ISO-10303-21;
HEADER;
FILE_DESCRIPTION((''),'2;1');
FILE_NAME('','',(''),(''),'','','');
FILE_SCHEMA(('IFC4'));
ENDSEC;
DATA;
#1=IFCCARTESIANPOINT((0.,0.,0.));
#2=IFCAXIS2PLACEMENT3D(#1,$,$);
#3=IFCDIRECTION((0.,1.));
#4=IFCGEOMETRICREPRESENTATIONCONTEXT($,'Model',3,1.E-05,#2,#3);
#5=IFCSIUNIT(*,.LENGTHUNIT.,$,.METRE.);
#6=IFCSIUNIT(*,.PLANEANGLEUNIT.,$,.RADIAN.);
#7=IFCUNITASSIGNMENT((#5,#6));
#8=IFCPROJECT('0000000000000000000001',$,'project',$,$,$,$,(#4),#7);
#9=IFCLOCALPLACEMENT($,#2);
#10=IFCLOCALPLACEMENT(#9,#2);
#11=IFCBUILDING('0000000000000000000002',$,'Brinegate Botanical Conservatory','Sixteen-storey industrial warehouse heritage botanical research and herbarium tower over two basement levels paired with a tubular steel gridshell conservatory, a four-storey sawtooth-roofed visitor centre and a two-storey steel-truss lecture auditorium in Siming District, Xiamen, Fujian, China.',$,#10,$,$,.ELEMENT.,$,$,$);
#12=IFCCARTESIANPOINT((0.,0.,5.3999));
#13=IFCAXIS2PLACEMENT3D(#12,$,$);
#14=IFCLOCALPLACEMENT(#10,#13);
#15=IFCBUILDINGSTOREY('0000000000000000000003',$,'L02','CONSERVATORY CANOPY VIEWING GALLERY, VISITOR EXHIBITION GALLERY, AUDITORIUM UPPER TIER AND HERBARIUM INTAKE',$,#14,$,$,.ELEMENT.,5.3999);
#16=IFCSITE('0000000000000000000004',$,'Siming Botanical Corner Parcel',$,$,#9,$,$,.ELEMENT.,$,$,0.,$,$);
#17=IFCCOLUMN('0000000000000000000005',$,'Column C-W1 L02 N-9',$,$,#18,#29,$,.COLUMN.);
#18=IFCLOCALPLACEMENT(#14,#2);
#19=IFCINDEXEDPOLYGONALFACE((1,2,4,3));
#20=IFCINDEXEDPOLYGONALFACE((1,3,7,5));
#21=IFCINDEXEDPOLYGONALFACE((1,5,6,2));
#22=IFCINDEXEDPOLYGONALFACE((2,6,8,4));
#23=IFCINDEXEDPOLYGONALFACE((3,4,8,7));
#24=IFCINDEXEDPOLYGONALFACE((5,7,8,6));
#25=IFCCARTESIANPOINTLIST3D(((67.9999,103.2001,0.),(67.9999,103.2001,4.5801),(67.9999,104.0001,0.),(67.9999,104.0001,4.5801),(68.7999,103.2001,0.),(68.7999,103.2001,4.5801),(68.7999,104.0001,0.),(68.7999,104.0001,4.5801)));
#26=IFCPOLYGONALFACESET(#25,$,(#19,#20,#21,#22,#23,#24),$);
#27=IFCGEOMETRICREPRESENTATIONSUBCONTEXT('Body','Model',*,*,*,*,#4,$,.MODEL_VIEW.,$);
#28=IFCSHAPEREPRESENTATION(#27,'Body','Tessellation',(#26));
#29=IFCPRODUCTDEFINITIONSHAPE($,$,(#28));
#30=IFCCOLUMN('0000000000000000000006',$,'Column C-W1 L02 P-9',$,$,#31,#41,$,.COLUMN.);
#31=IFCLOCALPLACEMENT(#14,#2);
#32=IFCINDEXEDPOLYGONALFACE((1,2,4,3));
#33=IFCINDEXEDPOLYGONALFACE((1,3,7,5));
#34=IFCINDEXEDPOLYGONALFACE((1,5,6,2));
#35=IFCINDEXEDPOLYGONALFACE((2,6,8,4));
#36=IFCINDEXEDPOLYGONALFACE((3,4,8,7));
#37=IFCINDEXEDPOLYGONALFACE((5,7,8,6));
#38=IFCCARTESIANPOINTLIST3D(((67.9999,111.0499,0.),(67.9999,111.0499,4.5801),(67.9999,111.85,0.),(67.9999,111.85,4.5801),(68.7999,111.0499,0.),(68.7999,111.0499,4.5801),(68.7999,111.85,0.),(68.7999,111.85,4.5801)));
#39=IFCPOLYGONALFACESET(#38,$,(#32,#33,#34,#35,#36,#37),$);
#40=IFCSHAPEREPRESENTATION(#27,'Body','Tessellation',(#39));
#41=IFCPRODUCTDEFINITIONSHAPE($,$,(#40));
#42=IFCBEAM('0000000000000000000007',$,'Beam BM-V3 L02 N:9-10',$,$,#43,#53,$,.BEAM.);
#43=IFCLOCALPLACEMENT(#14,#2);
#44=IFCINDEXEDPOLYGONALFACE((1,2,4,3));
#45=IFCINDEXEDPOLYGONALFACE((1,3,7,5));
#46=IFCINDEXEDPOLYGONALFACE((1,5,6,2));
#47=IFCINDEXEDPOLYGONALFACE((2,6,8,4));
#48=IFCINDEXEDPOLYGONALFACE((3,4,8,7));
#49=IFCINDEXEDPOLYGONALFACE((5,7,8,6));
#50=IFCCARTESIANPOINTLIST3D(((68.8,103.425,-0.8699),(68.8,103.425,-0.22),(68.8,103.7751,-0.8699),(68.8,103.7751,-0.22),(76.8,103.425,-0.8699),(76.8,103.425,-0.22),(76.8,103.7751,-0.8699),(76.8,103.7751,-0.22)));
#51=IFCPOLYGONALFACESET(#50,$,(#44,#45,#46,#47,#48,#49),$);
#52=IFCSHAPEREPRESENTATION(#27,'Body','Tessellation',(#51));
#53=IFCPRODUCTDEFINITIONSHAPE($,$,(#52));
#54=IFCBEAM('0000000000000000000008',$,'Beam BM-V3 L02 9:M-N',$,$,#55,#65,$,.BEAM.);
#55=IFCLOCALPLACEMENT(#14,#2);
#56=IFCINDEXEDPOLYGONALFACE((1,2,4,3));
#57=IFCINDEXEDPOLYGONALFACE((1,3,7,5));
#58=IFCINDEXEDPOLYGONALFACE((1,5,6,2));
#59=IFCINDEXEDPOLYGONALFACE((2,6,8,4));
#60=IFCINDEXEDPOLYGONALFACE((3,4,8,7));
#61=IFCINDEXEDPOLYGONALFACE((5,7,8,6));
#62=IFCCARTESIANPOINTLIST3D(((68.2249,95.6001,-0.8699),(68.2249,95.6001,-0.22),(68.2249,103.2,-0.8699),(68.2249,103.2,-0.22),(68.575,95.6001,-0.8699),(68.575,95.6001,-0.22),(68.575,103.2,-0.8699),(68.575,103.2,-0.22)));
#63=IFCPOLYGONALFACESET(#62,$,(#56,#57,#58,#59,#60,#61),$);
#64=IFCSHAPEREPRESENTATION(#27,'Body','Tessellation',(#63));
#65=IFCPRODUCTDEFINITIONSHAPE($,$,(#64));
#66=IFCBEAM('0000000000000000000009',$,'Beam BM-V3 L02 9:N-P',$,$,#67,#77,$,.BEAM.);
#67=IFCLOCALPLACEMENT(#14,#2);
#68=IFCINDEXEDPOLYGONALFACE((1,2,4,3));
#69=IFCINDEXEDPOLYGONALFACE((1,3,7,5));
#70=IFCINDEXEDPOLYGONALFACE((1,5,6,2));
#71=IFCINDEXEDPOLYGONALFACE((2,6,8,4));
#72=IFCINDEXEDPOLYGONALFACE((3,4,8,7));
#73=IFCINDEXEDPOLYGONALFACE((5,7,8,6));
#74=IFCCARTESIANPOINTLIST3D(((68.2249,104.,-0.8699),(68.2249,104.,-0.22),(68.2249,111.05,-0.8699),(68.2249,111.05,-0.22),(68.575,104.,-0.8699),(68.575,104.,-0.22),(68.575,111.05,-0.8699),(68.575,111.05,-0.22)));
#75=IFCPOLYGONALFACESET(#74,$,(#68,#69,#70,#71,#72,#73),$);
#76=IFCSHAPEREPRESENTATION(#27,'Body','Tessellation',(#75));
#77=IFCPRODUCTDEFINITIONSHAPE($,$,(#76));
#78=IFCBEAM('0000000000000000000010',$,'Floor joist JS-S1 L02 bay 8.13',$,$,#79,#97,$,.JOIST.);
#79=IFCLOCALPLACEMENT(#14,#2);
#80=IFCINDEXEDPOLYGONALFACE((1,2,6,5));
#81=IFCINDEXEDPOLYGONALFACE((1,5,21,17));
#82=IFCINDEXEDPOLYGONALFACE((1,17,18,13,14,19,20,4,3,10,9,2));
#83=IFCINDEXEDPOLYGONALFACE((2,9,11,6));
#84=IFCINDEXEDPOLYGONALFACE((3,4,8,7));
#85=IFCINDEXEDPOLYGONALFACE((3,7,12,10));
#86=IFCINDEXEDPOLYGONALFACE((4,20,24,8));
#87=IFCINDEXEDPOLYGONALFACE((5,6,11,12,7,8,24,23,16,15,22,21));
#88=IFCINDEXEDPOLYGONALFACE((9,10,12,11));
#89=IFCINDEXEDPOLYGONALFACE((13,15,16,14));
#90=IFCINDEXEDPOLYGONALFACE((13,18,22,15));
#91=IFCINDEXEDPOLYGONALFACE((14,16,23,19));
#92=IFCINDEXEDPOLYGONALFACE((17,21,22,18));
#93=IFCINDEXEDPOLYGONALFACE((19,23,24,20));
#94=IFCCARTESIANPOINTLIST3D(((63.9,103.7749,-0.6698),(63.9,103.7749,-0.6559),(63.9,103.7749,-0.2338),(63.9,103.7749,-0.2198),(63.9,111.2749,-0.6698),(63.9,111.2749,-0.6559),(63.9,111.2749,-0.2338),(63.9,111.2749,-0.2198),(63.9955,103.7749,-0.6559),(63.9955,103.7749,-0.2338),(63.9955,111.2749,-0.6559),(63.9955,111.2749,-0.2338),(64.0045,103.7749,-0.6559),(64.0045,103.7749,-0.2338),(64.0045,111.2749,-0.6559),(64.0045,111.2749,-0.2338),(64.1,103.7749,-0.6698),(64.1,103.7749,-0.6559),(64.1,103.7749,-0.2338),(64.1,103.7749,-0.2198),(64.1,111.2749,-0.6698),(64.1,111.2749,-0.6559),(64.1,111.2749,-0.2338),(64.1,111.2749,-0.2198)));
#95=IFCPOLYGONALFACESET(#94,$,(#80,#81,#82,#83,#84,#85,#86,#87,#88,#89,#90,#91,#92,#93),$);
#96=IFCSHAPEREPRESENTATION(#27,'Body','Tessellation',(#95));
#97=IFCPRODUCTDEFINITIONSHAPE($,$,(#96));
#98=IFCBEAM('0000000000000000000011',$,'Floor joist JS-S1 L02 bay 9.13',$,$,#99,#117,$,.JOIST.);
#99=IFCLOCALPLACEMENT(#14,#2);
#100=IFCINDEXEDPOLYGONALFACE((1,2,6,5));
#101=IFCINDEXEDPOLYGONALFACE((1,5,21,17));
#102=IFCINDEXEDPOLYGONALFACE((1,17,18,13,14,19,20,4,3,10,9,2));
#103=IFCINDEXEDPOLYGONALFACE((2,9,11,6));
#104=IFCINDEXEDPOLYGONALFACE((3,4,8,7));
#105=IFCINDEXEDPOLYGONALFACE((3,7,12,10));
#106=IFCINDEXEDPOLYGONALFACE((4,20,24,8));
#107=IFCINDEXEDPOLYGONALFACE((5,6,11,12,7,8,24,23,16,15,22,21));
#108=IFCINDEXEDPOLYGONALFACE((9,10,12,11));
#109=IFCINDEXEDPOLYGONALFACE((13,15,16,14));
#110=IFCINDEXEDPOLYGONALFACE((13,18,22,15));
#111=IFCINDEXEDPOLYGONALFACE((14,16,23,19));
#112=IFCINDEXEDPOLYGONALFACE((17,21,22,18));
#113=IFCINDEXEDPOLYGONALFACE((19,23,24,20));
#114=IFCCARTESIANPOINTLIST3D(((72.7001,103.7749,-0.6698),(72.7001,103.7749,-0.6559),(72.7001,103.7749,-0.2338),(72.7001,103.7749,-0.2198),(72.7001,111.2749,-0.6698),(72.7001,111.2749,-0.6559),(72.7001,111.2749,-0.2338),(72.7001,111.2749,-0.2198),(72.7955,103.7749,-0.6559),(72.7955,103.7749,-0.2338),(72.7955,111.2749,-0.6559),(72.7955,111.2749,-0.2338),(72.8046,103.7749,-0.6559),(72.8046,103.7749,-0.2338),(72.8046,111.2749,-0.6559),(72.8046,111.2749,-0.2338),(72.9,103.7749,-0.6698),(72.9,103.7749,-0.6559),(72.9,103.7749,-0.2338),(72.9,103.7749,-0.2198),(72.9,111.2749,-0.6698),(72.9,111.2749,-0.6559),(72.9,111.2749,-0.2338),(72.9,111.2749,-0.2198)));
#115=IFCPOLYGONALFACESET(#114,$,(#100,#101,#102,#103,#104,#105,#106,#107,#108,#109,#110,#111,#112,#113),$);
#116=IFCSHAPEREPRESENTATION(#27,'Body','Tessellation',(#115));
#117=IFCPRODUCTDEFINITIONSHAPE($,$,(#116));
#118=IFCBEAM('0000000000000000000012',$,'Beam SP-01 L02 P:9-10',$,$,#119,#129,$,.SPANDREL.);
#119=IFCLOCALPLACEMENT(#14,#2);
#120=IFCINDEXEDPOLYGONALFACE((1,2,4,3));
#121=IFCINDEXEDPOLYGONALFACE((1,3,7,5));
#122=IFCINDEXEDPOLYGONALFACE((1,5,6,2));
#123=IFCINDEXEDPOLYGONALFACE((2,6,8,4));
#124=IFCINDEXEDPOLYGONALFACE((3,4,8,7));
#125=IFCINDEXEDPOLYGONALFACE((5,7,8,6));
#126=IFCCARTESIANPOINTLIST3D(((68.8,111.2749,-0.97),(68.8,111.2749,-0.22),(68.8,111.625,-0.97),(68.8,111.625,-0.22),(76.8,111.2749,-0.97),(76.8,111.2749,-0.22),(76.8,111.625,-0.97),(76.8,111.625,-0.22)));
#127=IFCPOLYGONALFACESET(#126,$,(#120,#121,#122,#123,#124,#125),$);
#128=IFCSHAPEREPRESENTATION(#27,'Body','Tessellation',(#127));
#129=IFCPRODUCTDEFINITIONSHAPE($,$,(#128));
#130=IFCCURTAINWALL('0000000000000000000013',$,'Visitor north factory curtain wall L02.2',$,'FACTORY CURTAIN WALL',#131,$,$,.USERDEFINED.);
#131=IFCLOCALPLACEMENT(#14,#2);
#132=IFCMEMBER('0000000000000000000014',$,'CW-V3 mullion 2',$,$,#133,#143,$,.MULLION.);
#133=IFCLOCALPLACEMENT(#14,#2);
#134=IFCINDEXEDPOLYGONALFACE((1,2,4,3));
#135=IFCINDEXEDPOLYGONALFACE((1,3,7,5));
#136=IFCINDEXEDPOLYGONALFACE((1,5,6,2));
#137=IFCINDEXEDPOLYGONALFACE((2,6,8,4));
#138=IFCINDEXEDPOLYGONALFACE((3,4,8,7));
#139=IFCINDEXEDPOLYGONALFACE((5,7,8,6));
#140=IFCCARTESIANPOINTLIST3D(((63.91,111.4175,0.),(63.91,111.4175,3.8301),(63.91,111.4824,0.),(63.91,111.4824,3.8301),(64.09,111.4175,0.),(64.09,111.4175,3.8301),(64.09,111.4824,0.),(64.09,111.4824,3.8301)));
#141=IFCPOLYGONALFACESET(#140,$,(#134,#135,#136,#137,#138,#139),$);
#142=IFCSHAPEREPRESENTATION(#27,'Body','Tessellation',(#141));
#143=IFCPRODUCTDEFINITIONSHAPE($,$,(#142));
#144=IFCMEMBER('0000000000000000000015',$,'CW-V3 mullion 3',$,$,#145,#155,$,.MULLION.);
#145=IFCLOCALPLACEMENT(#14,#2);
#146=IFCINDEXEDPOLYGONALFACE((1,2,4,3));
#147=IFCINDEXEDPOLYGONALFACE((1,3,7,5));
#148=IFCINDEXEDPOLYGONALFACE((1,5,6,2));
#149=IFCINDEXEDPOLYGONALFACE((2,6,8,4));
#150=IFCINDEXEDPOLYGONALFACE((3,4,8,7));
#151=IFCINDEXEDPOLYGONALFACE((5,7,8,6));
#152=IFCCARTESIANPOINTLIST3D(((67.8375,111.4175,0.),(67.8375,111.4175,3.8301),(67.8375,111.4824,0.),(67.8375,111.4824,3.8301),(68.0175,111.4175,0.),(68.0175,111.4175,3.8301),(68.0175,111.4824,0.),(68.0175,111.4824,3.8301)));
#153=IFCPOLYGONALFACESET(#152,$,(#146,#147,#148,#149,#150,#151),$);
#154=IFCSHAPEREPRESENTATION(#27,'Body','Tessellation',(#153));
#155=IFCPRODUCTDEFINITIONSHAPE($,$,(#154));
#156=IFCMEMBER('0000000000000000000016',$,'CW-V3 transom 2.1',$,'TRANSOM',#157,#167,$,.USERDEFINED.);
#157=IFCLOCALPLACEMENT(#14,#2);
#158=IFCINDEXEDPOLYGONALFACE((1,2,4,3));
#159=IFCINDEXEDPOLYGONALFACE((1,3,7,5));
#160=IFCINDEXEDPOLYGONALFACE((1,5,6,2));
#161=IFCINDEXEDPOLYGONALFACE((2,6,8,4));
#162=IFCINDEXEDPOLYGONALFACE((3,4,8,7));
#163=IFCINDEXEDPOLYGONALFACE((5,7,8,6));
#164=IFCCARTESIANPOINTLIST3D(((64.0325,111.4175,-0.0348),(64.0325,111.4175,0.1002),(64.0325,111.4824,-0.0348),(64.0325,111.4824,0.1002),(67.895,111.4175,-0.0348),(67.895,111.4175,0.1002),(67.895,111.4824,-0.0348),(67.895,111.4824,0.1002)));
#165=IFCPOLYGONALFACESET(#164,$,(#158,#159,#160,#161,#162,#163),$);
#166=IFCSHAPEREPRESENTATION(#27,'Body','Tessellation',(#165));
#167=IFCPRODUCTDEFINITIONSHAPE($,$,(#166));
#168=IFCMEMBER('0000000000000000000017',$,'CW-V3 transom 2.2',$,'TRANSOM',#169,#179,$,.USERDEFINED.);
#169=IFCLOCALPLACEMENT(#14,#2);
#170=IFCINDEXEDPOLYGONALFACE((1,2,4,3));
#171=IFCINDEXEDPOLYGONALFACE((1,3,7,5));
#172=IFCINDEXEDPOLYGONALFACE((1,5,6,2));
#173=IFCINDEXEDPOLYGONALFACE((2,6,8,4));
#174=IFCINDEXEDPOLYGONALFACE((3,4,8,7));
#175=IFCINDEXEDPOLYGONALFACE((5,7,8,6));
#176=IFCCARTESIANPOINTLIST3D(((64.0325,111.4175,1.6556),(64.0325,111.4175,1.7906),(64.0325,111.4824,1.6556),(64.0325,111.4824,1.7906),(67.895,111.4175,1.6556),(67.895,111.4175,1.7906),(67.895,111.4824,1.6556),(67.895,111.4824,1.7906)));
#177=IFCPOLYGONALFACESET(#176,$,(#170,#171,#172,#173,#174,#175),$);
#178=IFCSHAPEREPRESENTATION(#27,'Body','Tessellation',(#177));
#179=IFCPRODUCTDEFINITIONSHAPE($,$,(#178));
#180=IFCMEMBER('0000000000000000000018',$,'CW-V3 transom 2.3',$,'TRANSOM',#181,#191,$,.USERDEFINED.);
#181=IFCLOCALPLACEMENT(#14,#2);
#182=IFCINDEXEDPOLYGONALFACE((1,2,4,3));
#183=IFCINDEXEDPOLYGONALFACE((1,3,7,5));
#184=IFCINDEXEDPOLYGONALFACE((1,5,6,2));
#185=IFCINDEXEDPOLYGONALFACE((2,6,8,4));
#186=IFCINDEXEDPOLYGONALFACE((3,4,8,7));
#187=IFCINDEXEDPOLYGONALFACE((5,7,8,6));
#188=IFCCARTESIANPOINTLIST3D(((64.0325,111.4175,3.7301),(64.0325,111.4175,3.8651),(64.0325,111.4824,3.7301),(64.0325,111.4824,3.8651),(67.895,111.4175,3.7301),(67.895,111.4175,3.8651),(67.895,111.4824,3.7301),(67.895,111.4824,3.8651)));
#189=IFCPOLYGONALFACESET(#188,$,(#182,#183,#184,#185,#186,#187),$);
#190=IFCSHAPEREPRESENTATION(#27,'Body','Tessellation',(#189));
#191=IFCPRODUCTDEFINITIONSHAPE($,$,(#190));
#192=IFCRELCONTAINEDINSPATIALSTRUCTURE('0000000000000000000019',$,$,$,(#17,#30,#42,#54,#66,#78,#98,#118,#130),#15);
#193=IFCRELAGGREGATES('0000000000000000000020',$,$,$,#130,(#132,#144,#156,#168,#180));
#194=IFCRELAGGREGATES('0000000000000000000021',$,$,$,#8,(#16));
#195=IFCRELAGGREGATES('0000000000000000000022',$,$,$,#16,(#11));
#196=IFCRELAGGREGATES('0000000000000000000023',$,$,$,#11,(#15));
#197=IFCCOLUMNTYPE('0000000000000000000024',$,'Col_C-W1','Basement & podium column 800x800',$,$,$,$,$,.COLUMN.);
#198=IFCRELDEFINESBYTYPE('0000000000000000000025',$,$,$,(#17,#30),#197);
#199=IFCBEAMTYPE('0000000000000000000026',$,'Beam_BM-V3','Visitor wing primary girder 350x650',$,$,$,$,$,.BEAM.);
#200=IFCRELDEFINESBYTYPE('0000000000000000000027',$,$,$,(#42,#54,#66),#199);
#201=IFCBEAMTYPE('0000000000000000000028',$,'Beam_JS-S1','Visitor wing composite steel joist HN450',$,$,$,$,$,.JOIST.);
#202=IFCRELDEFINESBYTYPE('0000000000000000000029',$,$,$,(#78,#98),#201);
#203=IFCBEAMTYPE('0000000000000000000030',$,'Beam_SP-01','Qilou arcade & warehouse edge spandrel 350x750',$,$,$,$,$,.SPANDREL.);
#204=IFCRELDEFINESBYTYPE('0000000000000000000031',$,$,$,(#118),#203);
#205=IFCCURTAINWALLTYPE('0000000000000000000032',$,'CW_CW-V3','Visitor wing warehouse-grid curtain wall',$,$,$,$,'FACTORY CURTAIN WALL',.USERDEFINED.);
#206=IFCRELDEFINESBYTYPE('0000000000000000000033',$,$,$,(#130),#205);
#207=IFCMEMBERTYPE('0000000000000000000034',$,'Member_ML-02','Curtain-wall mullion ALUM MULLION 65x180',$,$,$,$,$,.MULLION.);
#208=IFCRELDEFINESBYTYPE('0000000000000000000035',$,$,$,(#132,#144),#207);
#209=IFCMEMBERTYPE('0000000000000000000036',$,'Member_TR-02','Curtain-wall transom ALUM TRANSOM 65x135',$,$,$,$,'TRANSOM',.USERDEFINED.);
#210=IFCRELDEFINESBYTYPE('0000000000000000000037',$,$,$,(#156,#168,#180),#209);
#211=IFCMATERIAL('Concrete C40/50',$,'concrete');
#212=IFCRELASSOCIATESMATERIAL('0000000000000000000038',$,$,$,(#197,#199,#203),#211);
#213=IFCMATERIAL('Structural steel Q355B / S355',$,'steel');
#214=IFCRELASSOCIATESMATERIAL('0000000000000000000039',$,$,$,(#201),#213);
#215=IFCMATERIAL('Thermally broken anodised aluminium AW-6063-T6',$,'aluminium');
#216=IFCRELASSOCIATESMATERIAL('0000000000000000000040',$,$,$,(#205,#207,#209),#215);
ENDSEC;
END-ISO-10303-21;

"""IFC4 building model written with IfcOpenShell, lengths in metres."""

from ifc_helpers import new_model, si_unit, direction, frame, origin, origin_2d, place, context, subcontext, project, spatial, rectangle, i_section, extrude, material, material_profile, profile_set, type_object, element, aggregate, save


model = new_model("IFC4")

# Units and contexts
model_context = context("Model", 3, precision=1e-05, world=origin(), true_north=direction((0.0, 1.0)))
body_context = subcontext(model_context, "Body", "Model", "MODEL_VIEW")
ifc_project = project(units=[si_unit("LENGTHUNIT", "METRE"), si_unit("PLANEANGLEUNIT", "RADIAN")], contexts=[model_context])

# Site, building, storey
site_placement = place(None, origin())
site = spatial("IfcSite", under=ifc_project, at=site_placement, Name="Siming Botanical Corner Parcel", CompositionType="ELEMENT", RefElevation=0.0)
building_placement = place(site_placement, origin())
building = spatial("IfcBuilding", under=site, at=building_placement, Name="Brinegate Botanical Conservatory", Description="Sixteen-storey industrial warehouse heritage botanical research and herbarium tower over two basement levels paired with a tubular steel gridshell conservatory, a four-storey sawtooth-roofed visitor centre and a two-storey steel-truss lecture auditorium in Siming District, Xiamen, Fujian, China.", CompositionType="ELEMENT")
storey_placement = place(building_placement, frame((0.0, 0.0, 5.3999)))
storey = spatial("IfcBuildingStorey", under=building, at=storey_placement, Name="L02", Description="CONSERVATORY CANOPY VIEWING GALLERY, VISITOR EXHIBITION GALLERY, AUDITORIUM UPPER TIER AND HERBARIUM INTAKE", CompositionType="ELEMENT", Elevation=5.3999)

# Columns
ifc_material_1 = material(Name="Concrete C40/50", Category="concrete")
ifc_material_profile_1 = material_profile(ifc_material_1, rectangle(XDim=0.8, YDim=0.8, at=origin_2d()), Name="RC COL 800x800")
ifc_profile_set_1 = profile_set([ifc_material_profile_1], Name="Concrete C40/50")
column_type = type_object("IfcColumnType", Name="Col_C-W1", Description="Basement & podium column 800x800", PredefinedType="COLUMN", material=ifc_profile_set_1)
for number, where, z_axis, x_axis, name in (
    (1, (68.3999, 103.6001, 0.0), (0.0, 0.0, 1.0), (1.0, 0.0, 0.0), "Column C-W1 L02 N-9"),
    (2, (68.3999, 111.45, 0.0), (0.0, 0.0, 1.0), (1.0, 0.0, 0.0), "Column C-W1 L02 P-9"),
):
    element("IfcColumn", number, at=place(storey_placement, frame(where, z_axis=z_axis, x_axis=x_axis)), inside=storey, type_object=column_type, Name=name, PredefinedType="COLUMN", context=body_context, shape_type="SweptSolid", body=[
        extrude(rectangle(XDim=0.8, YDim=0.8, at=origin_2d()), origin(), (0.0, 0.0, 1.0), 4.5801),
    ])

# Beams
ifc_material_profile_2 = material_profile(ifc_material_1, rectangle(XDim=0.3501, YDim=0.6499, at=origin_2d()), Name="RC BM 350x650")
ifc_profile_set_2 = profile_set([ifc_material_profile_2], Name="Concrete C40/50")
beam_type_1 = type_object("IfcBeamType", Name="Beam_BM-V3", Description="Visitor wing primary girder 350x650", PredefinedType="BEAM", material=ifc_profile_set_2)
beam_1_placement = place(storey_placement, frame((68.8, 103.6001, -0.5449), z_axis=(1.0, 0.0, 0.0), x_axis=(0.0, 1.0, 0.0)))
element("IfcBeam", 3, at=beam_1_placement, inside=storey, type_object=beam_type_1, Name="Beam BM-V3 L02 N:9-10", PredefinedType="BEAM", context=body_context, shape_type="SweptSolid", body=[
    extrude(rectangle(XDim=0.3501, YDim=0.6499, at=origin_2d()), origin(), (0.0, 0.0, 1.0), 8.0),
])
beam_2_placement = place(storey_placement, frame((68.3999, 95.6001, -0.5449), z_axis=(0.0, 1.0, 0.0), x_axis=(-1.0, 0.0, 0.0)))
element("IfcBeam", 4, at=beam_2_placement, inside=storey, type_object=beam_type_1, Name="Beam BM-V3 L02 9:M-N", PredefinedType="BEAM", context=body_context, shape_type="SweptSolid", body=[
    extrude(rectangle(XDim=0.3501, YDim=0.6499, at=origin_2d()), origin(), (0.0, 0.0, 1.0), 7.5999),
])
beam_3_placement = place(storey_placement, frame((68.3999, 104.0, -0.5449), z_axis=(0.0, 1.0, 0.0), x_axis=(-1.0, 0.0, 0.0)))
element("IfcBeam", 5, at=beam_3_placement, inside=storey, type_object=beam_type_1, Name="Beam BM-V3 L02 9:N-P", PredefinedType="BEAM", context=body_context, shape_type="SweptSolid", body=[
    extrude(rectangle(XDim=0.3501, YDim=0.6499, at=origin_2d()), origin(), (0.0, 0.0, 1.0), 7.05),
])
ifc_material_2 = material(Name="Structural steel Q355B / S355", Category="steel")
ifc_material_profile_3 = material_profile(ifc_material_2, i_section(OverallWidth=0.2, OverallDepth=0.45, WebThickness=0.009, FlangeThickness=0.0139, at=origin_2d()), Name="HN 450x200x9x14")
ifc_profile_set_3 = profile_set([ifc_material_profile_3], Name="Structural steel Q355B / S355")
beam_type_2 = type_object("IfcBeamType", Name="Beam_JS-S1", Description="Visitor wing composite steel joist HN450", PredefinedType="JOIST", material=ifc_profile_set_3)
for number, where, z_axis, x_axis, name in (
    (6, (64.0, 103.7749, -0.4448), (0.0, 1.0, 0.0), (-1.0, 0.0, 0.0), "Floor joist JS-S1 L02 bay 8.13"),
    (7, (72.8, 103.7749, -0.4448), (0.0, 1.0, 0.0), (-1.0, 0.0, 0.0), "Floor joist JS-S1 L02 bay 9.13"),
):
    element("IfcBeam", number, at=place(storey_placement, frame(where, z_axis=z_axis, x_axis=x_axis)), inside=storey, type_object=beam_type_2, Name=name, PredefinedType="JOIST", context=body_context, shape_type="SweptSolid", body=[
        extrude(i_section(OverallWidth=0.2, OverallDepth=0.45, WebThickness=0.009, FlangeThickness=0.0139, at=origin_2d()), origin(), (0.0, 0.0, 1.0), 7.5),
    ])
ifc_material_profile_4 = material_profile(ifc_material_1, rectangle(XDim=0.3501, YDim=0.75, at=origin_2d()), Name="RC SPN 350x750")
ifc_profile_set_4 = profile_set([ifc_material_profile_4], Name="Concrete C40/50")
beam_type_3 = type_object("IfcBeamType", Name="Beam_SP-01", Description="Qilou arcade & warehouse edge spandrel 350x750", PredefinedType="SPANDREL", material=ifc_profile_set_4)
beam_4_placement = place(storey_placement, frame((68.8, 111.45, -0.595), z_axis=(1.0, 0.0, 0.0), x_axis=(0.0, 1.0, 0.0)))
element("IfcBeam", 8, at=beam_4_placement, inside=storey, type_object=beam_type_3, Name="Beam SP-01 L02 P:9-10", PredefinedType="SPANDREL", context=body_context, shape_type="SweptSolid", body=[
    extrude(rectangle(XDim=0.3501, YDim=0.75, at=origin_2d()), origin(), (0.0, 0.0, 1.0), 8.0),
])

# Curtain wall, members
ifc_material_3 = material(Name="Thermally broken anodised aluminium AW-6063-T6", Category="aluminium")
curtain_wall_type = type_object("IfcCurtainWallType", Name="CW_CW-V3", Description="Visitor wing warehouse-grid curtain wall", ElementType="FACTORY CURTAIN WALL", PredefinedType="USERDEFINED", material=ifc_material_3)
curtain_wall_placement = place(storey_placement, origin())
curtain_wall = element("IfcCurtainWall", 9, at=curtain_wall_placement, inside=storey, type_object=curtain_wall_type, Name="Visitor north factory curtain wall L02.2", ObjectType="FACTORY CURTAIN WALL", PredefinedType="USERDEFINED")
ifc_material_profile_5 = material_profile(ifc_material_3, rectangle(XDim=0.0649, YDim=0.1799, at=origin_2d()), Name="ALUM MULLION 65x180")
ifc_profile_set_5 = profile_set([ifc_material_profile_5], Name="Thermally broken anodised aluminium AW-6063-T6")
member_type_1 = type_object("IfcMemberType", Name="Member_ML-02", Description="Curtain-wall mullion ALUM MULLION 65x180", PredefinedType="MULLION", material=ifc_profile_set_5)
member_1_placement = place(storey_placement, frame((64.0, 111.45, 0.0), z_axis=(0.0, 0.0, 1.0), x_axis=(0.0, 1.0, 0.0)))
member_1 = element("IfcMember", 10, at=member_1_placement, type_object=member_type_1, Name="CW-V3 mullion 2", PredefinedType="MULLION", context=body_context, shape_type="SweptSolid", body=[
    extrude(rectangle(XDim=0.0649, YDim=0.1799, at=origin_2d()), origin(), (0.0, 0.0, 1.0), 3.8301),
])
member_2_placement = place(storey_placement, frame((67.9275, 111.45, 0.0), z_axis=(0.0, 0.0, 1.0), x_axis=(0.0, 1.0, 0.0)))
member_2 = element("IfcMember", 11, at=member_2_placement, type_object=member_type_1, Name="CW-V3 mullion 3", PredefinedType="MULLION", context=body_context, shape_type="SweptSolid", body=[
    extrude(rectangle(XDim=0.0649, YDim=0.1799, at=origin_2d()), origin(), (0.0, 0.0, 1.0), 3.8301),
])
ifc_material_profile_6 = material_profile(ifc_material_3, rectangle(XDim=0.0649, YDim=0.135, at=origin_2d()), Name="ALUM TRANSOM 65x135")
ifc_profile_set_6 = profile_set([ifc_material_profile_6], Name="Thermally broken anodised aluminium AW-6063-T6")
member_type_2 = type_object("IfcMemberType", Name="Member_TR-02", Description="Curtain-wall transom ALUM TRANSOM 65x135", ElementType="TRANSOM", PredefinedType="USERDEFINED", material=ifc_profile_set_6)
member_3_placement = place(storey_placement, frame((64.0325, 111.45, 0.0327), z_axis=(1.0, 0.0, 0.0), x_axis=(0.0, 1.0, 0.0)))
member_3 = element("IfcMember", 12, at=member_3_placement, type_object=member_type_2, Name="CW-V3 transom 2.1", ObjectType="TRANSOM", PredefinedType="USERDEFINED", context=body_context, shape_type="SweptSolid", body=[
    extrude(rectangle(XDim=0.0649, YDim=0.135, at=origin_2d()), origin(), (0.0, 0.0, 1.0), 3.8625),
])
member_4_placement = place(storey_placement, frame((64.0325, 111.45, 1.7231), z_axis=(1.0, 0.0, 0.0), x_axis=(0.0, 1.0, 0.0)))
member_4 = element("IfcMember", 13, at=member_4_placement, type_object=member_type_2, Name="CW-V3 transom 2.2", ObjectType="TRANSOM", PredefinedType="USERDEFINED", context=body_context, shape_type="SweptSolid", body=[
    extrude(rectangle(XDim=0.0649, YDim=0.135, at=origin_2d()), origin(), (0.0, 0.0, 1.0), 3.8625),
])
member_5_placement = place(storey_placement, frame((64.0325, 111.45, 3.7976), z_axis=(1.0, 0.0, 0.0), x_axis=(0.0, 1.0, 0.0)))
member_5 = element("IfcMember", 14, at=member_5_placement, type_object=member_type_2, Name="CW-V3 transom 2.3", ObjectType="TRANSOM", PredefinedType="USERDEFINED", context=body_context, shape_type="SweptSolid", body=[
    extrude(rectangle(XDim=0.0649, YDim=0.135, at=origin_2d()), origin(), (0.0, 0.0, 1.0), 3.8625),
])
aggregate(curtain_wall, [member_1, member_2, member_3, member_4, member_5])

save(model, "model.ifc")
